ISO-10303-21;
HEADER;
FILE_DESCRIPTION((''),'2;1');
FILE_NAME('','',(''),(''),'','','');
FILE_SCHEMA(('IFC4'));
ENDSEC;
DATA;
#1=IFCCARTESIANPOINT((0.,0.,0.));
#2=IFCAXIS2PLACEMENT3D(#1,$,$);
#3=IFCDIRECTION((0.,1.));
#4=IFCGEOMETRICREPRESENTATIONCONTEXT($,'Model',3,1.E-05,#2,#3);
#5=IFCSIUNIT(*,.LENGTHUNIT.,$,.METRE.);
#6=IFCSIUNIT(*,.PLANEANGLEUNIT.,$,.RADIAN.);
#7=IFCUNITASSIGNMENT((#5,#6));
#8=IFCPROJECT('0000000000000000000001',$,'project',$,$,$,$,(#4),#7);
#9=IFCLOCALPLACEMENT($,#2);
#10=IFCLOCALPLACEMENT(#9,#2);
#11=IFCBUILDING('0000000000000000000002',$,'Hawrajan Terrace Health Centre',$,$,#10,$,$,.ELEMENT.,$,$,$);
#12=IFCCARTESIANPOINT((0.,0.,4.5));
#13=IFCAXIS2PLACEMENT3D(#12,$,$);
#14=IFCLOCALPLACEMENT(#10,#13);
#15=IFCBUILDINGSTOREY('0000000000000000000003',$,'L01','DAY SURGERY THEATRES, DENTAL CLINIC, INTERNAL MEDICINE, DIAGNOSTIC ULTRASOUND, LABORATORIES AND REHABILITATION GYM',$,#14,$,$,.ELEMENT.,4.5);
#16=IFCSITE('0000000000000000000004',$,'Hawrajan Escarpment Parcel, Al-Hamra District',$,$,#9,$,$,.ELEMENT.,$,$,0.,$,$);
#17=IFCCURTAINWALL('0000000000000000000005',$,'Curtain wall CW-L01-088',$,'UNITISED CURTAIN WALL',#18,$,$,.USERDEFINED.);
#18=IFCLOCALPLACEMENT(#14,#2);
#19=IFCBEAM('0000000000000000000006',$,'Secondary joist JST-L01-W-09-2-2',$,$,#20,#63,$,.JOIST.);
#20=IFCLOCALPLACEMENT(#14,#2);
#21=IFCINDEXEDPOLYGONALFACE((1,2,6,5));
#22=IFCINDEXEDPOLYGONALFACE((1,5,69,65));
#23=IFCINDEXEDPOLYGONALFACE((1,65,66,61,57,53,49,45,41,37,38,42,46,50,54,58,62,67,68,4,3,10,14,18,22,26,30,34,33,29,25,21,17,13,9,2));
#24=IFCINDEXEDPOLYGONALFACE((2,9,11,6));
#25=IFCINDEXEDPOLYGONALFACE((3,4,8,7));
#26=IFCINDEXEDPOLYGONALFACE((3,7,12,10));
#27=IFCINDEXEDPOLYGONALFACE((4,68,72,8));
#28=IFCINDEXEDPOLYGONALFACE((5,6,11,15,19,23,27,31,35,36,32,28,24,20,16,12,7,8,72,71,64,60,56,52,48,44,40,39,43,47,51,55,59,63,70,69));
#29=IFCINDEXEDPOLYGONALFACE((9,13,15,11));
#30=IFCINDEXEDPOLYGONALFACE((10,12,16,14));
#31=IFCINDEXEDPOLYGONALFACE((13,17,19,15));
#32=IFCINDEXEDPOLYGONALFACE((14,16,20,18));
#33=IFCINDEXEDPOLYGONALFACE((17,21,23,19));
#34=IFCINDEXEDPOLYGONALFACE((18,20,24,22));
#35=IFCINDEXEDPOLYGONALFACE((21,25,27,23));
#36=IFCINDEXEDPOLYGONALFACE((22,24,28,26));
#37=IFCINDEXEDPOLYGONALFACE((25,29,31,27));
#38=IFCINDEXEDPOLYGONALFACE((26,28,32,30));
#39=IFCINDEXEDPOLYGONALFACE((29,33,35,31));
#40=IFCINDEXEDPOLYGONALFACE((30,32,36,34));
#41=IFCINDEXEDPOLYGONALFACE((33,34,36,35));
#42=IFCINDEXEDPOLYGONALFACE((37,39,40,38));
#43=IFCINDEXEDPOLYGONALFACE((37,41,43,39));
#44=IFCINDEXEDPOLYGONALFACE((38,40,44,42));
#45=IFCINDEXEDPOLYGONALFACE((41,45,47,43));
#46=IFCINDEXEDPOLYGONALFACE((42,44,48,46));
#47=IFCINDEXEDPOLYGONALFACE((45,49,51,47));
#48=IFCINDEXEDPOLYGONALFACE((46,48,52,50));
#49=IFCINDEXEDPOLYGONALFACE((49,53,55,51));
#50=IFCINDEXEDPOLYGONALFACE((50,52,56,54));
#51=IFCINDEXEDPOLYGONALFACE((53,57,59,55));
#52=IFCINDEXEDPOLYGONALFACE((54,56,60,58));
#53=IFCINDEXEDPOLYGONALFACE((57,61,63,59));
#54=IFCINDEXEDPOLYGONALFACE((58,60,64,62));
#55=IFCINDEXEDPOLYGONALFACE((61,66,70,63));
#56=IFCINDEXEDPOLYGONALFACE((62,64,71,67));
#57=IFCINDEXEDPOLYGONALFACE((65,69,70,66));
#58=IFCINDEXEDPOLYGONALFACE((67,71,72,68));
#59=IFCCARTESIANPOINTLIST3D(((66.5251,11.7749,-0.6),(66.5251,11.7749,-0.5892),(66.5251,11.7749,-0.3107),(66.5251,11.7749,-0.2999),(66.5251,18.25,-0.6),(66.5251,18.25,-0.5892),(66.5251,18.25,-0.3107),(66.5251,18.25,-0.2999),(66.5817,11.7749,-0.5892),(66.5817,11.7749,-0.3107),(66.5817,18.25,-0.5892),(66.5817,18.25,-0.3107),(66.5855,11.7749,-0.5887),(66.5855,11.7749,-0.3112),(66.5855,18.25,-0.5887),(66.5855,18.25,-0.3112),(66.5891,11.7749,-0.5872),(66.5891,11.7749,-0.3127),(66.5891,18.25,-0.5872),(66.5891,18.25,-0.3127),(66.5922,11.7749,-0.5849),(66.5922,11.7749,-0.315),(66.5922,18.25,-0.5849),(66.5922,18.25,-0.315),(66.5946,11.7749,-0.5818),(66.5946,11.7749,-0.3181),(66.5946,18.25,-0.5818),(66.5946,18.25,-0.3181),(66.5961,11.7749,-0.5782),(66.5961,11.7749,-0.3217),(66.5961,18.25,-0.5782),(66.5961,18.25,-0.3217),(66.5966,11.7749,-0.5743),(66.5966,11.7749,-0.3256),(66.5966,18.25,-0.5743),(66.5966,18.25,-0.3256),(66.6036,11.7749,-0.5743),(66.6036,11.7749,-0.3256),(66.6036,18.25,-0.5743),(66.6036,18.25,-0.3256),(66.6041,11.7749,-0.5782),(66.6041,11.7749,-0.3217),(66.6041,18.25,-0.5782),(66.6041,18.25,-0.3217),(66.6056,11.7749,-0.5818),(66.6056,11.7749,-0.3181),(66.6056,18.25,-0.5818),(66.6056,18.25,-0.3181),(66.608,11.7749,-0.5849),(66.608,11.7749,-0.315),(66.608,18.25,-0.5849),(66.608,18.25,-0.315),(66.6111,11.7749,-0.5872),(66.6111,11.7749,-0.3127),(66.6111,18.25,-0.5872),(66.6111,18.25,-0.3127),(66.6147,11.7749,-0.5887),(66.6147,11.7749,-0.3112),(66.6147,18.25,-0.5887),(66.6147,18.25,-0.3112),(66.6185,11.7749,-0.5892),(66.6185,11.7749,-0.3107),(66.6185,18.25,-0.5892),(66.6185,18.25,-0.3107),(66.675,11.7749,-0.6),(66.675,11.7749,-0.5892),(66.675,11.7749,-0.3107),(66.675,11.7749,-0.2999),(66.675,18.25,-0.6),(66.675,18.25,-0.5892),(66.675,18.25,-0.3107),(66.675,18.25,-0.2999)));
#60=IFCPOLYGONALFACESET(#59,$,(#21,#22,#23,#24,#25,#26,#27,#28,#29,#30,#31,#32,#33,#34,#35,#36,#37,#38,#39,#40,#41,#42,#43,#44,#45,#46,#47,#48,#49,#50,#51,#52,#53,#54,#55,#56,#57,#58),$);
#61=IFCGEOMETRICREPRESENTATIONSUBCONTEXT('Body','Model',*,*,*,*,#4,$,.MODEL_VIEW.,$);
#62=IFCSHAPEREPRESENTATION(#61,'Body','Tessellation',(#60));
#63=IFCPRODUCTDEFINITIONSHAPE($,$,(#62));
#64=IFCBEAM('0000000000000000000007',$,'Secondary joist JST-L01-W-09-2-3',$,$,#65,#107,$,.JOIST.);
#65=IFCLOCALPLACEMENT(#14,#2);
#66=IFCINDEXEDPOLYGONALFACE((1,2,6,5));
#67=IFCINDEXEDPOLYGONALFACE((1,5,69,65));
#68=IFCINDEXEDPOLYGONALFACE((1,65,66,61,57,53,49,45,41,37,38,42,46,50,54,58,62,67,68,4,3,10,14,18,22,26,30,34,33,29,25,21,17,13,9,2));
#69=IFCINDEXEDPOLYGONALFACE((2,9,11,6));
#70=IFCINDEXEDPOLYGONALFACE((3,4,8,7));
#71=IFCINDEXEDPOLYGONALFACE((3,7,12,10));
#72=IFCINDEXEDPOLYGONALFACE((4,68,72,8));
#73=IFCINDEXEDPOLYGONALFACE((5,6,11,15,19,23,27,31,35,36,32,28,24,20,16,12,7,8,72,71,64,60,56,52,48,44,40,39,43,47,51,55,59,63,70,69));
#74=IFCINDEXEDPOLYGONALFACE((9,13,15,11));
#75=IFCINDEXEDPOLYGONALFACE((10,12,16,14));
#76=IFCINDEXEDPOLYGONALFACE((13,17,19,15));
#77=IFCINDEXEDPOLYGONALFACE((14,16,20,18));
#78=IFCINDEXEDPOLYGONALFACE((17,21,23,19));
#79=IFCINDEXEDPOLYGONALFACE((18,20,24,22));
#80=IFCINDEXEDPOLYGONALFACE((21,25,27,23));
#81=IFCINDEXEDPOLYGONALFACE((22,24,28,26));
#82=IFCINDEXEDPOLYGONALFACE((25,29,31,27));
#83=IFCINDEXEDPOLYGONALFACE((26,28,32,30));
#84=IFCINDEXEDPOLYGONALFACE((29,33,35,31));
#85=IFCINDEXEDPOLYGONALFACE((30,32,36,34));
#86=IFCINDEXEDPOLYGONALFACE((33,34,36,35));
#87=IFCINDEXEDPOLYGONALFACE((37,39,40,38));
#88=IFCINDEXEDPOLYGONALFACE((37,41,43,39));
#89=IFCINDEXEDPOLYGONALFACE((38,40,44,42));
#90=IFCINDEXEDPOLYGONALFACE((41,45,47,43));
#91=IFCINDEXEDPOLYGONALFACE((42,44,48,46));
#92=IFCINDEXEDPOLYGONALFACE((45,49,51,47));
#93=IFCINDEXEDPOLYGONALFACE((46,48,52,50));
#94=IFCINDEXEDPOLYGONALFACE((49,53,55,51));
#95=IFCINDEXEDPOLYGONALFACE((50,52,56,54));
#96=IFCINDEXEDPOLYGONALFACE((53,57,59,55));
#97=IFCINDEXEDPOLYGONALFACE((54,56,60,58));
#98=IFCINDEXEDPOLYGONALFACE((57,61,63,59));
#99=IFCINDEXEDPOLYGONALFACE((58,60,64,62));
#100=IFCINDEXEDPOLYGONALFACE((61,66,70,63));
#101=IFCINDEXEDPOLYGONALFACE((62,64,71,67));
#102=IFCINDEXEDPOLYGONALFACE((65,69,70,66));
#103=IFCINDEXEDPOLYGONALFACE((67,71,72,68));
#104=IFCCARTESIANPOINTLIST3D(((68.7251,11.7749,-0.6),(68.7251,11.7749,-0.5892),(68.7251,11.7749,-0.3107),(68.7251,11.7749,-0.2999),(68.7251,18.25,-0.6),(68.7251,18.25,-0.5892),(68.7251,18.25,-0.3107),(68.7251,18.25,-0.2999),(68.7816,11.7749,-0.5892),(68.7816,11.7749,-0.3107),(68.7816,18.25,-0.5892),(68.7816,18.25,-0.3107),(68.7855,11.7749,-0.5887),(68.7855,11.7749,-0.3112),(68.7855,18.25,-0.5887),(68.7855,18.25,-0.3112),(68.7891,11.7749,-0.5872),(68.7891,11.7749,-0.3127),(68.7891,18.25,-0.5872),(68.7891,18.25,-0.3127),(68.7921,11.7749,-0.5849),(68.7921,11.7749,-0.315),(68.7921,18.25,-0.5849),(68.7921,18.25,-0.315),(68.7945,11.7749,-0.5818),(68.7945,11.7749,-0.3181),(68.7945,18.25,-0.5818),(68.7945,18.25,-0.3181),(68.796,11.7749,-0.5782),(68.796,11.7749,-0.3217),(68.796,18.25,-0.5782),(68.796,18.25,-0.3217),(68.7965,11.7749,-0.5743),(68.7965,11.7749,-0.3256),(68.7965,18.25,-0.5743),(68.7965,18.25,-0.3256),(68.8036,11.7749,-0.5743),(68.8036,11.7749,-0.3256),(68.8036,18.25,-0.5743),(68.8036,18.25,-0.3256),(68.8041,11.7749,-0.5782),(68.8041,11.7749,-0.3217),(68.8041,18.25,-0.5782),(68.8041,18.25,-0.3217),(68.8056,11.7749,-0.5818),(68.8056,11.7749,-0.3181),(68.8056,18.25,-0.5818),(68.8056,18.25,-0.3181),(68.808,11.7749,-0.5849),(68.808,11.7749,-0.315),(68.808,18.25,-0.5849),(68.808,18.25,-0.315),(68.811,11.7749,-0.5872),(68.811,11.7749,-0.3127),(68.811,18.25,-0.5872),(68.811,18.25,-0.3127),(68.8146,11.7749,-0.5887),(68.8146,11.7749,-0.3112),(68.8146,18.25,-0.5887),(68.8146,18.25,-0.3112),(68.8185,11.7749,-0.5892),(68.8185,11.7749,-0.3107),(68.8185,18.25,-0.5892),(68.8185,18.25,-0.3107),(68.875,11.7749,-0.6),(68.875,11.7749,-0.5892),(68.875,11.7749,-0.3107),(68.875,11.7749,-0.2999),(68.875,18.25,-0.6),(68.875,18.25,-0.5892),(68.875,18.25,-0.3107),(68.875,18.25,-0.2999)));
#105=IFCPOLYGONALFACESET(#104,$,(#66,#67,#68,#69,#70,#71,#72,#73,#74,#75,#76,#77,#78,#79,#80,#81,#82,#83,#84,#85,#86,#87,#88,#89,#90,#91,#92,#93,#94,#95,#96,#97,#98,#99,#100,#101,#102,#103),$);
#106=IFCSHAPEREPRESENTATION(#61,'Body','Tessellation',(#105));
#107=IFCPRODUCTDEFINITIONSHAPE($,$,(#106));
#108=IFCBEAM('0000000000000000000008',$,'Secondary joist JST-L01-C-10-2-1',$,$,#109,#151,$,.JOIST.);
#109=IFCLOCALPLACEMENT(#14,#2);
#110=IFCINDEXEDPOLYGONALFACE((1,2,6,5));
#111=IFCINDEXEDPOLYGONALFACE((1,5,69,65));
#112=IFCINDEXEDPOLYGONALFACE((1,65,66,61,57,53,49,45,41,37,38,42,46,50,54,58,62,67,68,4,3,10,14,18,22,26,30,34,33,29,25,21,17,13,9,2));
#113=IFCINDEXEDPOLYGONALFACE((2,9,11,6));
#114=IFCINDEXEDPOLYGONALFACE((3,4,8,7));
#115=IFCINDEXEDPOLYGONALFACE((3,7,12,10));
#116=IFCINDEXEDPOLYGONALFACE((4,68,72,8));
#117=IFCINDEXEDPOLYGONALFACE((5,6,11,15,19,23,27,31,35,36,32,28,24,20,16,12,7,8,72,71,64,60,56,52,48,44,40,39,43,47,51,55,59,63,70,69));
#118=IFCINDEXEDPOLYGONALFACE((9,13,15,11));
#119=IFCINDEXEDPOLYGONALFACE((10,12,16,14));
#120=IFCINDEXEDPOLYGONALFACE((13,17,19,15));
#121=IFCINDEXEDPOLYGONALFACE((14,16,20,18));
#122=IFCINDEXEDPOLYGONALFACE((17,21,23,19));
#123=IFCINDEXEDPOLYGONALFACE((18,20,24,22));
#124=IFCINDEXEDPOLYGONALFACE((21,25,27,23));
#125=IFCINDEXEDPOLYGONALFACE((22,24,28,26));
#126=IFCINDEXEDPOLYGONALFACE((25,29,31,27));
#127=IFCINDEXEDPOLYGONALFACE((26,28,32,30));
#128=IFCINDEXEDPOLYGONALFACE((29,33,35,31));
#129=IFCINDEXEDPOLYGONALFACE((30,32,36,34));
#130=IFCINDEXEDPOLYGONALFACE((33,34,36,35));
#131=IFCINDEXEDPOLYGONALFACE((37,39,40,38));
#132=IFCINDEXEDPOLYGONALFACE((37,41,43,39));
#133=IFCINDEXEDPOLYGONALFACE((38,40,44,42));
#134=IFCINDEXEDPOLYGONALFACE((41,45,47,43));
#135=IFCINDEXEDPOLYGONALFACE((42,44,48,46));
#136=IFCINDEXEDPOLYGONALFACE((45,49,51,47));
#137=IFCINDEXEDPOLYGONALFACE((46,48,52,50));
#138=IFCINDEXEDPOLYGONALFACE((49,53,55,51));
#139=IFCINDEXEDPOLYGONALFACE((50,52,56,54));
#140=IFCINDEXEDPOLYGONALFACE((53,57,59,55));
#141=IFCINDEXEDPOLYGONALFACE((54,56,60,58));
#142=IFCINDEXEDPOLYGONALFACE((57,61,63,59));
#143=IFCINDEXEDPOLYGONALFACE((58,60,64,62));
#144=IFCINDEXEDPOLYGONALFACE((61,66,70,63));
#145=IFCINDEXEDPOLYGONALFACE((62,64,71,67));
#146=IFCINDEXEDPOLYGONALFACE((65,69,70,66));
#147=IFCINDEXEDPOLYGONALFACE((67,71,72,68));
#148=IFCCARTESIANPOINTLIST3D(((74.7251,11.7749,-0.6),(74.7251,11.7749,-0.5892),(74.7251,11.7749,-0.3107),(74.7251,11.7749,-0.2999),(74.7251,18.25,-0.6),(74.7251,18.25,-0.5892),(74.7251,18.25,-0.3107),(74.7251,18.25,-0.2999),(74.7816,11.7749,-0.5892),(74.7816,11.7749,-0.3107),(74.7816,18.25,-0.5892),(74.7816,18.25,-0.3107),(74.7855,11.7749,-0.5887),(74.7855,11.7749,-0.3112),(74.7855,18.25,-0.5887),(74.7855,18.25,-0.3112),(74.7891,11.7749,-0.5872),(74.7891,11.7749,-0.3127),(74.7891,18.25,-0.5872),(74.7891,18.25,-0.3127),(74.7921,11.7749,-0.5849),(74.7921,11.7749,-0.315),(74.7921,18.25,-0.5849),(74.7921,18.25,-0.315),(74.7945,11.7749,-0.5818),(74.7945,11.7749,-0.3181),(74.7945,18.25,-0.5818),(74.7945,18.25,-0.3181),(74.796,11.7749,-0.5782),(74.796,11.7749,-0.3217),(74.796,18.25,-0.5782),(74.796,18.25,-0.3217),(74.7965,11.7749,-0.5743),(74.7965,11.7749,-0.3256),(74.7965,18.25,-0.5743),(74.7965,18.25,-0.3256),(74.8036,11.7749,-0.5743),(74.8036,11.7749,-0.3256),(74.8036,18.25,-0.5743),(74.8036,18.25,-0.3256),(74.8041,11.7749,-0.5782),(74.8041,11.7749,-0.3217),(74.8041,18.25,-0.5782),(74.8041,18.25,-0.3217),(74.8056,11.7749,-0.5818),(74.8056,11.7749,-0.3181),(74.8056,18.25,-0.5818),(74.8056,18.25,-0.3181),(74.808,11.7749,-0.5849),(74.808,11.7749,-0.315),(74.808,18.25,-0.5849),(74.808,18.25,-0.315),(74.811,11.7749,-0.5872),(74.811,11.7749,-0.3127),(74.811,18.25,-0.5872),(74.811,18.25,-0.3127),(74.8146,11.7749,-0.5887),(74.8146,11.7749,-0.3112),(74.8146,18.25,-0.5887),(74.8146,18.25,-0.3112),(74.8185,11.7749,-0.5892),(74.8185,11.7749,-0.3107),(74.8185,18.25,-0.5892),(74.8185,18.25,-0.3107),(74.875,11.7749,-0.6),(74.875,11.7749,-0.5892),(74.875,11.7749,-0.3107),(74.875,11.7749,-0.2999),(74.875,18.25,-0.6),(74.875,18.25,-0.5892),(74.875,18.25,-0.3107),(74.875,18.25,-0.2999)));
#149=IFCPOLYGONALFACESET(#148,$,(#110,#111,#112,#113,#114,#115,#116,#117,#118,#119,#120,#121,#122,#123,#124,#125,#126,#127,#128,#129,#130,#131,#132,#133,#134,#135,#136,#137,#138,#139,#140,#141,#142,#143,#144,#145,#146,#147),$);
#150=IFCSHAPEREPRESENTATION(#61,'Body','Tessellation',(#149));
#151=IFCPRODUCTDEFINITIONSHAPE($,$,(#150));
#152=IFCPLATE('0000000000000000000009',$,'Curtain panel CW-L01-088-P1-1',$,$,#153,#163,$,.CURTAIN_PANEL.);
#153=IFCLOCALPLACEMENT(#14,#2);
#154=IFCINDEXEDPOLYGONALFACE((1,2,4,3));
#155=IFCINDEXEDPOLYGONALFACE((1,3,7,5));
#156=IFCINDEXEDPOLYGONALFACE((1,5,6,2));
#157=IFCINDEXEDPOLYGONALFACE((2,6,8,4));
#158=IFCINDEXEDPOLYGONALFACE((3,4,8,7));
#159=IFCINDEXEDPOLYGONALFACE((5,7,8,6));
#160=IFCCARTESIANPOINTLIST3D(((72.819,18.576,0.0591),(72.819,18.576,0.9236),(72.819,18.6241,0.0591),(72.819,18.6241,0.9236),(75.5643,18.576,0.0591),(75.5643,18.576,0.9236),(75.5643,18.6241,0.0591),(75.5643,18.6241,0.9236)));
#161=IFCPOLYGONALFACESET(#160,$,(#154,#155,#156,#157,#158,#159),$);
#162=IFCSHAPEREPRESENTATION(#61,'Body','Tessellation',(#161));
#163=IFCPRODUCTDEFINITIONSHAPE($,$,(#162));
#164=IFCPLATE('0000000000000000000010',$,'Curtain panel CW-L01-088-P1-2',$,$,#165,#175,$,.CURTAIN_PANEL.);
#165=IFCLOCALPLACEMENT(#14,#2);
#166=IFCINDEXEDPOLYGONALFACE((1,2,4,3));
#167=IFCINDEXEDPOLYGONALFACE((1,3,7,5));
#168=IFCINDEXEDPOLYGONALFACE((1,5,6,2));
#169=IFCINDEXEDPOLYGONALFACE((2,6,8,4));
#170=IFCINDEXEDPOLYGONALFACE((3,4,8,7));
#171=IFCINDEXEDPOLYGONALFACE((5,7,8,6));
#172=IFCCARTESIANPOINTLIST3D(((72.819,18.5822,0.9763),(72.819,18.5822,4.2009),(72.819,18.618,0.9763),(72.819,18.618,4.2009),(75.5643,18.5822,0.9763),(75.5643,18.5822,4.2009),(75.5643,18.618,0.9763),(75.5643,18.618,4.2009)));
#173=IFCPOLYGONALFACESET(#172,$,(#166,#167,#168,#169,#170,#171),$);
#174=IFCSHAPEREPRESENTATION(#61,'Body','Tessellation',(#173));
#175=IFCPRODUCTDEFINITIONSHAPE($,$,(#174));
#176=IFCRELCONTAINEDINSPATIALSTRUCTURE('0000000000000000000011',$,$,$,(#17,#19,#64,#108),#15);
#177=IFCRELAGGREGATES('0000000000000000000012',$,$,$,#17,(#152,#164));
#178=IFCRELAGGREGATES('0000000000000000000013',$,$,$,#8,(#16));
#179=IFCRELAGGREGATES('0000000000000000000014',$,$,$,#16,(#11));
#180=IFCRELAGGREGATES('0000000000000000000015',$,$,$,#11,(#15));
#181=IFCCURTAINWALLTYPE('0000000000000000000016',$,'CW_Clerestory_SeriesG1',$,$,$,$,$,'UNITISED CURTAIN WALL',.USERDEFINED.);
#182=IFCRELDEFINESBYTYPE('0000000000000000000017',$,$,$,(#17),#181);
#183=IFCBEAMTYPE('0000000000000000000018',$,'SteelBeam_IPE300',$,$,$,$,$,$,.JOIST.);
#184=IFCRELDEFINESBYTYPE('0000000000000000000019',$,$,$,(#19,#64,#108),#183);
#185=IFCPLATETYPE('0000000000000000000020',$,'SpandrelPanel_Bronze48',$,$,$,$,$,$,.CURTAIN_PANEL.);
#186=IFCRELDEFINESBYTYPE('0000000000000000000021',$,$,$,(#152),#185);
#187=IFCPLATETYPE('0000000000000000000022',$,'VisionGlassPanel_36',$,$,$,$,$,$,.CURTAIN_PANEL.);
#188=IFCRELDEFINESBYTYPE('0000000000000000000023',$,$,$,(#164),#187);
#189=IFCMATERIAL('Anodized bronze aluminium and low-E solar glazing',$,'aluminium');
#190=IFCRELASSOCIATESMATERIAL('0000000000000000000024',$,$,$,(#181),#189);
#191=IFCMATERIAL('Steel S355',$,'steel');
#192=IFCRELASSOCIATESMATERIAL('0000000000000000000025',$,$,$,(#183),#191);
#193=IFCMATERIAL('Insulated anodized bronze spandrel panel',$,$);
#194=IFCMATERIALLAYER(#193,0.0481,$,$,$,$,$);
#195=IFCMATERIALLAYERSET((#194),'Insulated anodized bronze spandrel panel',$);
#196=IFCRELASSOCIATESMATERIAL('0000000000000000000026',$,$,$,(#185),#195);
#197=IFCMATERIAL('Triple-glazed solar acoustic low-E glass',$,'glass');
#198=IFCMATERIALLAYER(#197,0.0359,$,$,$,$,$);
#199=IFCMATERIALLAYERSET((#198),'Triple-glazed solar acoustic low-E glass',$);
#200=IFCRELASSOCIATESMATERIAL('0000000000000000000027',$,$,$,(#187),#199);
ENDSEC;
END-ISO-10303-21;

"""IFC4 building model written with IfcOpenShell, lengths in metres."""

from ifc_helpers import new_model, si_unit, direction, frame, origin, origin_2d, place, context, subcontext, project, spatial, rectangle, i_section, extrude, material, layer, layer_set, material_profile, profile_set, type_object, element, aggregate, save


model = new_model("IFC4")

# Units and contexts
model_context = context("Model", 3, precision=1e-05, world=origin(), true_north=direction((0.0, 1.0)))
body_context = subcontext(model_context, "Body", "Model", "MODEL_VIEW")
ifc_project = project(units=[si_unit("LENGTHUNIT", "METRE"), si_unit("PLANEANGLEUNIT", "RADIAN")], contexts=[model_context])

# Site, building, storey
site_placement = place(None, origin())
site = spatial("IfcSite", under=ifc_project, at=site_placement, Name="Hawrajan Escarpment Parcel, Al-Hamra District", CompositionType="ELEMENT", RefElevation=0.0)
building_placement = place(site_placement, origin())
building = spatial("IfcBuilding", under=site, at=building_placement, Name="Hawrajan Terrace Health Centre", CompositionType="ELEMENT")
storey_placement = place(building_placement, frame((0.0, 0.0, 4.5)))
storey = spatial("IfcBuildingStorey", under=building, at=storey_placement, Name="L01", Description="DAY SURGERY THEATRES, DENTAL CLINIC, INTERNAL MEDICINE, DIAGNOSTIC ULTRASOUND, LABORATORIES AND REHABILITATION GYM", CompositionType="ELEMENT", Elevation=4.5)

# Curtain wall
ifc_material_1 = material(Name="Anodized bronze aluminium and low-E solar glazing", Category="aluminium")
curtain_wall_type = type_object("IfcCurtainWallType", Name="CW_Clerestory_SeriesG1", ElementType="UNITISED CURTAIN WALL", PredefinedType="USERDEFINED", material=ifc_material_1)
curtain_wall_placement = place(storey_placement, origin())
curtain_wall = element("IfcCurtainWall", 1, at=curtain_wall_placement, inside=storey, type_object=curtain_wall_type, Name="Curtain wall CW-L01-088", ObjectType="UNITISED CURTAIN WALL", PredefinedType="USERDEFINED")

# Beams
ifc_material_2 = material(Name="Steel S355", Category="steel")
ifc_material_profile_1 = material_profile(ifc_material_2, i_section(OverallWidth=0.1499, OverallDepth=0.3, WebThickness=0.0071, FlangeThickness=0.0107, FilletRadius=0.0149, at=origin_2d()), Name="IPE 300")
ifc_profile_set_1 = profile_set([ifc_material_profile_1], Name="Steel S355")
beam_type_1 = type_object("IfcBeamType", Name="SteelBeam_IPE300", PredefinedType="JOIST", material=ifc_profile_set_1)
for number, where, z_axis, x_axis, name in (
    (2, (66.6001, 11.7749, -0.45), (0.0, 1.0, 0.0), (-1.0, 0.0, 0.0), "Secondary joist JST-L01-W-09-2-2"),
    (3, (68.8, 11.7749, -0.45), (0.0, 1.0, 0.0), (-1.0, 0.0, 0.0), "Secondary joist JST-L01-W-09-2-3"),
    (4, (74.8, 11.7749, -0.45), (0.0, 1.0, 0.0), (-1.0, 0.0, 0.0), "Secondary joist JST-L01-C-10-2-1"),
):
    element("IfcBeam", number, at=place(storey_placement, frame(where, z_axis=z_axis, x_axis=x_axis)), inside=storey, type_object=beam_type_1, Name=name, PredefinedType="JOIST", context=body_context, shape_type="SweptSolid", body=[
        extrude(i_section(OverallWidth=0.1499, OverallDepth=0.3, WebThickness=0.0071, FlangeThickness=0.0107, FilletRadius=0.0149, at=origin_2d()), origin(), (0.0, 0.0, 1.0), 6.4751),
    ])

# Plates
ifc_material_3 = material(Name="Insulated anodized bronze spandrel panel")
ifc_layer_1 = layer(ifc_material_3, 0.0481)
ifc_layer_set_1 = layer_set([ifc_layer_1], Name="Insulated anodized bronze spandrel panel")
plate_type_1 = type_object("IfcPlateType", Name="SpandrelPanel_Bronze48", PredefinedType="CURTAIN_PANEL", material=ifc_layer_set_1)
plate_1_placement = place(storey_placement, frame((74.1917, 18.6001, 0.0591), z_axis=(0.0, 0.0, 1.0), x_axis=(1.0, 0.0, 0.0)))
plate_1 = element("IfcPlate", 5, at=plate_1_placement, type_object=plate_type_1, Name="Curtain panel CW-L01-088-P1-1", PredefinedType="CURTAIN_PANEL", context=body_context, shape_type="SweptSolid", body=[
    extrude(rectangle(XDim=2.7454, YDim=0.0481, at=origin_2d()), origin(), (0.0, 0.0, 1.0), 0.8645),
])
ifc_material_4 = material(Name="Triple-glazed solar acoustic low-E glass", Category="glass")
ifc_layer_2 = layer(ifc_material_4, 0.0359)
ifc_layer_set_2 = layer_set([ifc_layer_2], Name="Triple-glazed solar acoustic low-E glass")
plate_type_2 = type_object("IfcPlateType", Name="VisionGlassPanel_36", PredefinedType="CURTAIN_PANEL", material=ifc_layer_set_2)
plate_2_placement = place(storey_placement, frame((74.1917, 18.6001, 0.9763), z_axis=(0.0, 0.0, 1.0), x_axis=(1.0, 0.0, 0.0)))
plate_2 = element("IfcPlate", 6, at=plate_2_placement, type_object=plate_type_2, Name="Curtain panel CW-L01-088-P1-2", PredefinedType="CURTAIN_PANEL", context=body_context, shape_type="SweptSolid", body=[
    extrude(rectangle(XDim=2.7454, YDim=0.0359, at=origin_2d()), origin(), (0.0, 0.0, 1.0), 3.2246),
])
aggregate(curtain_wall, [plate_1, plate_2])

save(model, "model.ifc")
